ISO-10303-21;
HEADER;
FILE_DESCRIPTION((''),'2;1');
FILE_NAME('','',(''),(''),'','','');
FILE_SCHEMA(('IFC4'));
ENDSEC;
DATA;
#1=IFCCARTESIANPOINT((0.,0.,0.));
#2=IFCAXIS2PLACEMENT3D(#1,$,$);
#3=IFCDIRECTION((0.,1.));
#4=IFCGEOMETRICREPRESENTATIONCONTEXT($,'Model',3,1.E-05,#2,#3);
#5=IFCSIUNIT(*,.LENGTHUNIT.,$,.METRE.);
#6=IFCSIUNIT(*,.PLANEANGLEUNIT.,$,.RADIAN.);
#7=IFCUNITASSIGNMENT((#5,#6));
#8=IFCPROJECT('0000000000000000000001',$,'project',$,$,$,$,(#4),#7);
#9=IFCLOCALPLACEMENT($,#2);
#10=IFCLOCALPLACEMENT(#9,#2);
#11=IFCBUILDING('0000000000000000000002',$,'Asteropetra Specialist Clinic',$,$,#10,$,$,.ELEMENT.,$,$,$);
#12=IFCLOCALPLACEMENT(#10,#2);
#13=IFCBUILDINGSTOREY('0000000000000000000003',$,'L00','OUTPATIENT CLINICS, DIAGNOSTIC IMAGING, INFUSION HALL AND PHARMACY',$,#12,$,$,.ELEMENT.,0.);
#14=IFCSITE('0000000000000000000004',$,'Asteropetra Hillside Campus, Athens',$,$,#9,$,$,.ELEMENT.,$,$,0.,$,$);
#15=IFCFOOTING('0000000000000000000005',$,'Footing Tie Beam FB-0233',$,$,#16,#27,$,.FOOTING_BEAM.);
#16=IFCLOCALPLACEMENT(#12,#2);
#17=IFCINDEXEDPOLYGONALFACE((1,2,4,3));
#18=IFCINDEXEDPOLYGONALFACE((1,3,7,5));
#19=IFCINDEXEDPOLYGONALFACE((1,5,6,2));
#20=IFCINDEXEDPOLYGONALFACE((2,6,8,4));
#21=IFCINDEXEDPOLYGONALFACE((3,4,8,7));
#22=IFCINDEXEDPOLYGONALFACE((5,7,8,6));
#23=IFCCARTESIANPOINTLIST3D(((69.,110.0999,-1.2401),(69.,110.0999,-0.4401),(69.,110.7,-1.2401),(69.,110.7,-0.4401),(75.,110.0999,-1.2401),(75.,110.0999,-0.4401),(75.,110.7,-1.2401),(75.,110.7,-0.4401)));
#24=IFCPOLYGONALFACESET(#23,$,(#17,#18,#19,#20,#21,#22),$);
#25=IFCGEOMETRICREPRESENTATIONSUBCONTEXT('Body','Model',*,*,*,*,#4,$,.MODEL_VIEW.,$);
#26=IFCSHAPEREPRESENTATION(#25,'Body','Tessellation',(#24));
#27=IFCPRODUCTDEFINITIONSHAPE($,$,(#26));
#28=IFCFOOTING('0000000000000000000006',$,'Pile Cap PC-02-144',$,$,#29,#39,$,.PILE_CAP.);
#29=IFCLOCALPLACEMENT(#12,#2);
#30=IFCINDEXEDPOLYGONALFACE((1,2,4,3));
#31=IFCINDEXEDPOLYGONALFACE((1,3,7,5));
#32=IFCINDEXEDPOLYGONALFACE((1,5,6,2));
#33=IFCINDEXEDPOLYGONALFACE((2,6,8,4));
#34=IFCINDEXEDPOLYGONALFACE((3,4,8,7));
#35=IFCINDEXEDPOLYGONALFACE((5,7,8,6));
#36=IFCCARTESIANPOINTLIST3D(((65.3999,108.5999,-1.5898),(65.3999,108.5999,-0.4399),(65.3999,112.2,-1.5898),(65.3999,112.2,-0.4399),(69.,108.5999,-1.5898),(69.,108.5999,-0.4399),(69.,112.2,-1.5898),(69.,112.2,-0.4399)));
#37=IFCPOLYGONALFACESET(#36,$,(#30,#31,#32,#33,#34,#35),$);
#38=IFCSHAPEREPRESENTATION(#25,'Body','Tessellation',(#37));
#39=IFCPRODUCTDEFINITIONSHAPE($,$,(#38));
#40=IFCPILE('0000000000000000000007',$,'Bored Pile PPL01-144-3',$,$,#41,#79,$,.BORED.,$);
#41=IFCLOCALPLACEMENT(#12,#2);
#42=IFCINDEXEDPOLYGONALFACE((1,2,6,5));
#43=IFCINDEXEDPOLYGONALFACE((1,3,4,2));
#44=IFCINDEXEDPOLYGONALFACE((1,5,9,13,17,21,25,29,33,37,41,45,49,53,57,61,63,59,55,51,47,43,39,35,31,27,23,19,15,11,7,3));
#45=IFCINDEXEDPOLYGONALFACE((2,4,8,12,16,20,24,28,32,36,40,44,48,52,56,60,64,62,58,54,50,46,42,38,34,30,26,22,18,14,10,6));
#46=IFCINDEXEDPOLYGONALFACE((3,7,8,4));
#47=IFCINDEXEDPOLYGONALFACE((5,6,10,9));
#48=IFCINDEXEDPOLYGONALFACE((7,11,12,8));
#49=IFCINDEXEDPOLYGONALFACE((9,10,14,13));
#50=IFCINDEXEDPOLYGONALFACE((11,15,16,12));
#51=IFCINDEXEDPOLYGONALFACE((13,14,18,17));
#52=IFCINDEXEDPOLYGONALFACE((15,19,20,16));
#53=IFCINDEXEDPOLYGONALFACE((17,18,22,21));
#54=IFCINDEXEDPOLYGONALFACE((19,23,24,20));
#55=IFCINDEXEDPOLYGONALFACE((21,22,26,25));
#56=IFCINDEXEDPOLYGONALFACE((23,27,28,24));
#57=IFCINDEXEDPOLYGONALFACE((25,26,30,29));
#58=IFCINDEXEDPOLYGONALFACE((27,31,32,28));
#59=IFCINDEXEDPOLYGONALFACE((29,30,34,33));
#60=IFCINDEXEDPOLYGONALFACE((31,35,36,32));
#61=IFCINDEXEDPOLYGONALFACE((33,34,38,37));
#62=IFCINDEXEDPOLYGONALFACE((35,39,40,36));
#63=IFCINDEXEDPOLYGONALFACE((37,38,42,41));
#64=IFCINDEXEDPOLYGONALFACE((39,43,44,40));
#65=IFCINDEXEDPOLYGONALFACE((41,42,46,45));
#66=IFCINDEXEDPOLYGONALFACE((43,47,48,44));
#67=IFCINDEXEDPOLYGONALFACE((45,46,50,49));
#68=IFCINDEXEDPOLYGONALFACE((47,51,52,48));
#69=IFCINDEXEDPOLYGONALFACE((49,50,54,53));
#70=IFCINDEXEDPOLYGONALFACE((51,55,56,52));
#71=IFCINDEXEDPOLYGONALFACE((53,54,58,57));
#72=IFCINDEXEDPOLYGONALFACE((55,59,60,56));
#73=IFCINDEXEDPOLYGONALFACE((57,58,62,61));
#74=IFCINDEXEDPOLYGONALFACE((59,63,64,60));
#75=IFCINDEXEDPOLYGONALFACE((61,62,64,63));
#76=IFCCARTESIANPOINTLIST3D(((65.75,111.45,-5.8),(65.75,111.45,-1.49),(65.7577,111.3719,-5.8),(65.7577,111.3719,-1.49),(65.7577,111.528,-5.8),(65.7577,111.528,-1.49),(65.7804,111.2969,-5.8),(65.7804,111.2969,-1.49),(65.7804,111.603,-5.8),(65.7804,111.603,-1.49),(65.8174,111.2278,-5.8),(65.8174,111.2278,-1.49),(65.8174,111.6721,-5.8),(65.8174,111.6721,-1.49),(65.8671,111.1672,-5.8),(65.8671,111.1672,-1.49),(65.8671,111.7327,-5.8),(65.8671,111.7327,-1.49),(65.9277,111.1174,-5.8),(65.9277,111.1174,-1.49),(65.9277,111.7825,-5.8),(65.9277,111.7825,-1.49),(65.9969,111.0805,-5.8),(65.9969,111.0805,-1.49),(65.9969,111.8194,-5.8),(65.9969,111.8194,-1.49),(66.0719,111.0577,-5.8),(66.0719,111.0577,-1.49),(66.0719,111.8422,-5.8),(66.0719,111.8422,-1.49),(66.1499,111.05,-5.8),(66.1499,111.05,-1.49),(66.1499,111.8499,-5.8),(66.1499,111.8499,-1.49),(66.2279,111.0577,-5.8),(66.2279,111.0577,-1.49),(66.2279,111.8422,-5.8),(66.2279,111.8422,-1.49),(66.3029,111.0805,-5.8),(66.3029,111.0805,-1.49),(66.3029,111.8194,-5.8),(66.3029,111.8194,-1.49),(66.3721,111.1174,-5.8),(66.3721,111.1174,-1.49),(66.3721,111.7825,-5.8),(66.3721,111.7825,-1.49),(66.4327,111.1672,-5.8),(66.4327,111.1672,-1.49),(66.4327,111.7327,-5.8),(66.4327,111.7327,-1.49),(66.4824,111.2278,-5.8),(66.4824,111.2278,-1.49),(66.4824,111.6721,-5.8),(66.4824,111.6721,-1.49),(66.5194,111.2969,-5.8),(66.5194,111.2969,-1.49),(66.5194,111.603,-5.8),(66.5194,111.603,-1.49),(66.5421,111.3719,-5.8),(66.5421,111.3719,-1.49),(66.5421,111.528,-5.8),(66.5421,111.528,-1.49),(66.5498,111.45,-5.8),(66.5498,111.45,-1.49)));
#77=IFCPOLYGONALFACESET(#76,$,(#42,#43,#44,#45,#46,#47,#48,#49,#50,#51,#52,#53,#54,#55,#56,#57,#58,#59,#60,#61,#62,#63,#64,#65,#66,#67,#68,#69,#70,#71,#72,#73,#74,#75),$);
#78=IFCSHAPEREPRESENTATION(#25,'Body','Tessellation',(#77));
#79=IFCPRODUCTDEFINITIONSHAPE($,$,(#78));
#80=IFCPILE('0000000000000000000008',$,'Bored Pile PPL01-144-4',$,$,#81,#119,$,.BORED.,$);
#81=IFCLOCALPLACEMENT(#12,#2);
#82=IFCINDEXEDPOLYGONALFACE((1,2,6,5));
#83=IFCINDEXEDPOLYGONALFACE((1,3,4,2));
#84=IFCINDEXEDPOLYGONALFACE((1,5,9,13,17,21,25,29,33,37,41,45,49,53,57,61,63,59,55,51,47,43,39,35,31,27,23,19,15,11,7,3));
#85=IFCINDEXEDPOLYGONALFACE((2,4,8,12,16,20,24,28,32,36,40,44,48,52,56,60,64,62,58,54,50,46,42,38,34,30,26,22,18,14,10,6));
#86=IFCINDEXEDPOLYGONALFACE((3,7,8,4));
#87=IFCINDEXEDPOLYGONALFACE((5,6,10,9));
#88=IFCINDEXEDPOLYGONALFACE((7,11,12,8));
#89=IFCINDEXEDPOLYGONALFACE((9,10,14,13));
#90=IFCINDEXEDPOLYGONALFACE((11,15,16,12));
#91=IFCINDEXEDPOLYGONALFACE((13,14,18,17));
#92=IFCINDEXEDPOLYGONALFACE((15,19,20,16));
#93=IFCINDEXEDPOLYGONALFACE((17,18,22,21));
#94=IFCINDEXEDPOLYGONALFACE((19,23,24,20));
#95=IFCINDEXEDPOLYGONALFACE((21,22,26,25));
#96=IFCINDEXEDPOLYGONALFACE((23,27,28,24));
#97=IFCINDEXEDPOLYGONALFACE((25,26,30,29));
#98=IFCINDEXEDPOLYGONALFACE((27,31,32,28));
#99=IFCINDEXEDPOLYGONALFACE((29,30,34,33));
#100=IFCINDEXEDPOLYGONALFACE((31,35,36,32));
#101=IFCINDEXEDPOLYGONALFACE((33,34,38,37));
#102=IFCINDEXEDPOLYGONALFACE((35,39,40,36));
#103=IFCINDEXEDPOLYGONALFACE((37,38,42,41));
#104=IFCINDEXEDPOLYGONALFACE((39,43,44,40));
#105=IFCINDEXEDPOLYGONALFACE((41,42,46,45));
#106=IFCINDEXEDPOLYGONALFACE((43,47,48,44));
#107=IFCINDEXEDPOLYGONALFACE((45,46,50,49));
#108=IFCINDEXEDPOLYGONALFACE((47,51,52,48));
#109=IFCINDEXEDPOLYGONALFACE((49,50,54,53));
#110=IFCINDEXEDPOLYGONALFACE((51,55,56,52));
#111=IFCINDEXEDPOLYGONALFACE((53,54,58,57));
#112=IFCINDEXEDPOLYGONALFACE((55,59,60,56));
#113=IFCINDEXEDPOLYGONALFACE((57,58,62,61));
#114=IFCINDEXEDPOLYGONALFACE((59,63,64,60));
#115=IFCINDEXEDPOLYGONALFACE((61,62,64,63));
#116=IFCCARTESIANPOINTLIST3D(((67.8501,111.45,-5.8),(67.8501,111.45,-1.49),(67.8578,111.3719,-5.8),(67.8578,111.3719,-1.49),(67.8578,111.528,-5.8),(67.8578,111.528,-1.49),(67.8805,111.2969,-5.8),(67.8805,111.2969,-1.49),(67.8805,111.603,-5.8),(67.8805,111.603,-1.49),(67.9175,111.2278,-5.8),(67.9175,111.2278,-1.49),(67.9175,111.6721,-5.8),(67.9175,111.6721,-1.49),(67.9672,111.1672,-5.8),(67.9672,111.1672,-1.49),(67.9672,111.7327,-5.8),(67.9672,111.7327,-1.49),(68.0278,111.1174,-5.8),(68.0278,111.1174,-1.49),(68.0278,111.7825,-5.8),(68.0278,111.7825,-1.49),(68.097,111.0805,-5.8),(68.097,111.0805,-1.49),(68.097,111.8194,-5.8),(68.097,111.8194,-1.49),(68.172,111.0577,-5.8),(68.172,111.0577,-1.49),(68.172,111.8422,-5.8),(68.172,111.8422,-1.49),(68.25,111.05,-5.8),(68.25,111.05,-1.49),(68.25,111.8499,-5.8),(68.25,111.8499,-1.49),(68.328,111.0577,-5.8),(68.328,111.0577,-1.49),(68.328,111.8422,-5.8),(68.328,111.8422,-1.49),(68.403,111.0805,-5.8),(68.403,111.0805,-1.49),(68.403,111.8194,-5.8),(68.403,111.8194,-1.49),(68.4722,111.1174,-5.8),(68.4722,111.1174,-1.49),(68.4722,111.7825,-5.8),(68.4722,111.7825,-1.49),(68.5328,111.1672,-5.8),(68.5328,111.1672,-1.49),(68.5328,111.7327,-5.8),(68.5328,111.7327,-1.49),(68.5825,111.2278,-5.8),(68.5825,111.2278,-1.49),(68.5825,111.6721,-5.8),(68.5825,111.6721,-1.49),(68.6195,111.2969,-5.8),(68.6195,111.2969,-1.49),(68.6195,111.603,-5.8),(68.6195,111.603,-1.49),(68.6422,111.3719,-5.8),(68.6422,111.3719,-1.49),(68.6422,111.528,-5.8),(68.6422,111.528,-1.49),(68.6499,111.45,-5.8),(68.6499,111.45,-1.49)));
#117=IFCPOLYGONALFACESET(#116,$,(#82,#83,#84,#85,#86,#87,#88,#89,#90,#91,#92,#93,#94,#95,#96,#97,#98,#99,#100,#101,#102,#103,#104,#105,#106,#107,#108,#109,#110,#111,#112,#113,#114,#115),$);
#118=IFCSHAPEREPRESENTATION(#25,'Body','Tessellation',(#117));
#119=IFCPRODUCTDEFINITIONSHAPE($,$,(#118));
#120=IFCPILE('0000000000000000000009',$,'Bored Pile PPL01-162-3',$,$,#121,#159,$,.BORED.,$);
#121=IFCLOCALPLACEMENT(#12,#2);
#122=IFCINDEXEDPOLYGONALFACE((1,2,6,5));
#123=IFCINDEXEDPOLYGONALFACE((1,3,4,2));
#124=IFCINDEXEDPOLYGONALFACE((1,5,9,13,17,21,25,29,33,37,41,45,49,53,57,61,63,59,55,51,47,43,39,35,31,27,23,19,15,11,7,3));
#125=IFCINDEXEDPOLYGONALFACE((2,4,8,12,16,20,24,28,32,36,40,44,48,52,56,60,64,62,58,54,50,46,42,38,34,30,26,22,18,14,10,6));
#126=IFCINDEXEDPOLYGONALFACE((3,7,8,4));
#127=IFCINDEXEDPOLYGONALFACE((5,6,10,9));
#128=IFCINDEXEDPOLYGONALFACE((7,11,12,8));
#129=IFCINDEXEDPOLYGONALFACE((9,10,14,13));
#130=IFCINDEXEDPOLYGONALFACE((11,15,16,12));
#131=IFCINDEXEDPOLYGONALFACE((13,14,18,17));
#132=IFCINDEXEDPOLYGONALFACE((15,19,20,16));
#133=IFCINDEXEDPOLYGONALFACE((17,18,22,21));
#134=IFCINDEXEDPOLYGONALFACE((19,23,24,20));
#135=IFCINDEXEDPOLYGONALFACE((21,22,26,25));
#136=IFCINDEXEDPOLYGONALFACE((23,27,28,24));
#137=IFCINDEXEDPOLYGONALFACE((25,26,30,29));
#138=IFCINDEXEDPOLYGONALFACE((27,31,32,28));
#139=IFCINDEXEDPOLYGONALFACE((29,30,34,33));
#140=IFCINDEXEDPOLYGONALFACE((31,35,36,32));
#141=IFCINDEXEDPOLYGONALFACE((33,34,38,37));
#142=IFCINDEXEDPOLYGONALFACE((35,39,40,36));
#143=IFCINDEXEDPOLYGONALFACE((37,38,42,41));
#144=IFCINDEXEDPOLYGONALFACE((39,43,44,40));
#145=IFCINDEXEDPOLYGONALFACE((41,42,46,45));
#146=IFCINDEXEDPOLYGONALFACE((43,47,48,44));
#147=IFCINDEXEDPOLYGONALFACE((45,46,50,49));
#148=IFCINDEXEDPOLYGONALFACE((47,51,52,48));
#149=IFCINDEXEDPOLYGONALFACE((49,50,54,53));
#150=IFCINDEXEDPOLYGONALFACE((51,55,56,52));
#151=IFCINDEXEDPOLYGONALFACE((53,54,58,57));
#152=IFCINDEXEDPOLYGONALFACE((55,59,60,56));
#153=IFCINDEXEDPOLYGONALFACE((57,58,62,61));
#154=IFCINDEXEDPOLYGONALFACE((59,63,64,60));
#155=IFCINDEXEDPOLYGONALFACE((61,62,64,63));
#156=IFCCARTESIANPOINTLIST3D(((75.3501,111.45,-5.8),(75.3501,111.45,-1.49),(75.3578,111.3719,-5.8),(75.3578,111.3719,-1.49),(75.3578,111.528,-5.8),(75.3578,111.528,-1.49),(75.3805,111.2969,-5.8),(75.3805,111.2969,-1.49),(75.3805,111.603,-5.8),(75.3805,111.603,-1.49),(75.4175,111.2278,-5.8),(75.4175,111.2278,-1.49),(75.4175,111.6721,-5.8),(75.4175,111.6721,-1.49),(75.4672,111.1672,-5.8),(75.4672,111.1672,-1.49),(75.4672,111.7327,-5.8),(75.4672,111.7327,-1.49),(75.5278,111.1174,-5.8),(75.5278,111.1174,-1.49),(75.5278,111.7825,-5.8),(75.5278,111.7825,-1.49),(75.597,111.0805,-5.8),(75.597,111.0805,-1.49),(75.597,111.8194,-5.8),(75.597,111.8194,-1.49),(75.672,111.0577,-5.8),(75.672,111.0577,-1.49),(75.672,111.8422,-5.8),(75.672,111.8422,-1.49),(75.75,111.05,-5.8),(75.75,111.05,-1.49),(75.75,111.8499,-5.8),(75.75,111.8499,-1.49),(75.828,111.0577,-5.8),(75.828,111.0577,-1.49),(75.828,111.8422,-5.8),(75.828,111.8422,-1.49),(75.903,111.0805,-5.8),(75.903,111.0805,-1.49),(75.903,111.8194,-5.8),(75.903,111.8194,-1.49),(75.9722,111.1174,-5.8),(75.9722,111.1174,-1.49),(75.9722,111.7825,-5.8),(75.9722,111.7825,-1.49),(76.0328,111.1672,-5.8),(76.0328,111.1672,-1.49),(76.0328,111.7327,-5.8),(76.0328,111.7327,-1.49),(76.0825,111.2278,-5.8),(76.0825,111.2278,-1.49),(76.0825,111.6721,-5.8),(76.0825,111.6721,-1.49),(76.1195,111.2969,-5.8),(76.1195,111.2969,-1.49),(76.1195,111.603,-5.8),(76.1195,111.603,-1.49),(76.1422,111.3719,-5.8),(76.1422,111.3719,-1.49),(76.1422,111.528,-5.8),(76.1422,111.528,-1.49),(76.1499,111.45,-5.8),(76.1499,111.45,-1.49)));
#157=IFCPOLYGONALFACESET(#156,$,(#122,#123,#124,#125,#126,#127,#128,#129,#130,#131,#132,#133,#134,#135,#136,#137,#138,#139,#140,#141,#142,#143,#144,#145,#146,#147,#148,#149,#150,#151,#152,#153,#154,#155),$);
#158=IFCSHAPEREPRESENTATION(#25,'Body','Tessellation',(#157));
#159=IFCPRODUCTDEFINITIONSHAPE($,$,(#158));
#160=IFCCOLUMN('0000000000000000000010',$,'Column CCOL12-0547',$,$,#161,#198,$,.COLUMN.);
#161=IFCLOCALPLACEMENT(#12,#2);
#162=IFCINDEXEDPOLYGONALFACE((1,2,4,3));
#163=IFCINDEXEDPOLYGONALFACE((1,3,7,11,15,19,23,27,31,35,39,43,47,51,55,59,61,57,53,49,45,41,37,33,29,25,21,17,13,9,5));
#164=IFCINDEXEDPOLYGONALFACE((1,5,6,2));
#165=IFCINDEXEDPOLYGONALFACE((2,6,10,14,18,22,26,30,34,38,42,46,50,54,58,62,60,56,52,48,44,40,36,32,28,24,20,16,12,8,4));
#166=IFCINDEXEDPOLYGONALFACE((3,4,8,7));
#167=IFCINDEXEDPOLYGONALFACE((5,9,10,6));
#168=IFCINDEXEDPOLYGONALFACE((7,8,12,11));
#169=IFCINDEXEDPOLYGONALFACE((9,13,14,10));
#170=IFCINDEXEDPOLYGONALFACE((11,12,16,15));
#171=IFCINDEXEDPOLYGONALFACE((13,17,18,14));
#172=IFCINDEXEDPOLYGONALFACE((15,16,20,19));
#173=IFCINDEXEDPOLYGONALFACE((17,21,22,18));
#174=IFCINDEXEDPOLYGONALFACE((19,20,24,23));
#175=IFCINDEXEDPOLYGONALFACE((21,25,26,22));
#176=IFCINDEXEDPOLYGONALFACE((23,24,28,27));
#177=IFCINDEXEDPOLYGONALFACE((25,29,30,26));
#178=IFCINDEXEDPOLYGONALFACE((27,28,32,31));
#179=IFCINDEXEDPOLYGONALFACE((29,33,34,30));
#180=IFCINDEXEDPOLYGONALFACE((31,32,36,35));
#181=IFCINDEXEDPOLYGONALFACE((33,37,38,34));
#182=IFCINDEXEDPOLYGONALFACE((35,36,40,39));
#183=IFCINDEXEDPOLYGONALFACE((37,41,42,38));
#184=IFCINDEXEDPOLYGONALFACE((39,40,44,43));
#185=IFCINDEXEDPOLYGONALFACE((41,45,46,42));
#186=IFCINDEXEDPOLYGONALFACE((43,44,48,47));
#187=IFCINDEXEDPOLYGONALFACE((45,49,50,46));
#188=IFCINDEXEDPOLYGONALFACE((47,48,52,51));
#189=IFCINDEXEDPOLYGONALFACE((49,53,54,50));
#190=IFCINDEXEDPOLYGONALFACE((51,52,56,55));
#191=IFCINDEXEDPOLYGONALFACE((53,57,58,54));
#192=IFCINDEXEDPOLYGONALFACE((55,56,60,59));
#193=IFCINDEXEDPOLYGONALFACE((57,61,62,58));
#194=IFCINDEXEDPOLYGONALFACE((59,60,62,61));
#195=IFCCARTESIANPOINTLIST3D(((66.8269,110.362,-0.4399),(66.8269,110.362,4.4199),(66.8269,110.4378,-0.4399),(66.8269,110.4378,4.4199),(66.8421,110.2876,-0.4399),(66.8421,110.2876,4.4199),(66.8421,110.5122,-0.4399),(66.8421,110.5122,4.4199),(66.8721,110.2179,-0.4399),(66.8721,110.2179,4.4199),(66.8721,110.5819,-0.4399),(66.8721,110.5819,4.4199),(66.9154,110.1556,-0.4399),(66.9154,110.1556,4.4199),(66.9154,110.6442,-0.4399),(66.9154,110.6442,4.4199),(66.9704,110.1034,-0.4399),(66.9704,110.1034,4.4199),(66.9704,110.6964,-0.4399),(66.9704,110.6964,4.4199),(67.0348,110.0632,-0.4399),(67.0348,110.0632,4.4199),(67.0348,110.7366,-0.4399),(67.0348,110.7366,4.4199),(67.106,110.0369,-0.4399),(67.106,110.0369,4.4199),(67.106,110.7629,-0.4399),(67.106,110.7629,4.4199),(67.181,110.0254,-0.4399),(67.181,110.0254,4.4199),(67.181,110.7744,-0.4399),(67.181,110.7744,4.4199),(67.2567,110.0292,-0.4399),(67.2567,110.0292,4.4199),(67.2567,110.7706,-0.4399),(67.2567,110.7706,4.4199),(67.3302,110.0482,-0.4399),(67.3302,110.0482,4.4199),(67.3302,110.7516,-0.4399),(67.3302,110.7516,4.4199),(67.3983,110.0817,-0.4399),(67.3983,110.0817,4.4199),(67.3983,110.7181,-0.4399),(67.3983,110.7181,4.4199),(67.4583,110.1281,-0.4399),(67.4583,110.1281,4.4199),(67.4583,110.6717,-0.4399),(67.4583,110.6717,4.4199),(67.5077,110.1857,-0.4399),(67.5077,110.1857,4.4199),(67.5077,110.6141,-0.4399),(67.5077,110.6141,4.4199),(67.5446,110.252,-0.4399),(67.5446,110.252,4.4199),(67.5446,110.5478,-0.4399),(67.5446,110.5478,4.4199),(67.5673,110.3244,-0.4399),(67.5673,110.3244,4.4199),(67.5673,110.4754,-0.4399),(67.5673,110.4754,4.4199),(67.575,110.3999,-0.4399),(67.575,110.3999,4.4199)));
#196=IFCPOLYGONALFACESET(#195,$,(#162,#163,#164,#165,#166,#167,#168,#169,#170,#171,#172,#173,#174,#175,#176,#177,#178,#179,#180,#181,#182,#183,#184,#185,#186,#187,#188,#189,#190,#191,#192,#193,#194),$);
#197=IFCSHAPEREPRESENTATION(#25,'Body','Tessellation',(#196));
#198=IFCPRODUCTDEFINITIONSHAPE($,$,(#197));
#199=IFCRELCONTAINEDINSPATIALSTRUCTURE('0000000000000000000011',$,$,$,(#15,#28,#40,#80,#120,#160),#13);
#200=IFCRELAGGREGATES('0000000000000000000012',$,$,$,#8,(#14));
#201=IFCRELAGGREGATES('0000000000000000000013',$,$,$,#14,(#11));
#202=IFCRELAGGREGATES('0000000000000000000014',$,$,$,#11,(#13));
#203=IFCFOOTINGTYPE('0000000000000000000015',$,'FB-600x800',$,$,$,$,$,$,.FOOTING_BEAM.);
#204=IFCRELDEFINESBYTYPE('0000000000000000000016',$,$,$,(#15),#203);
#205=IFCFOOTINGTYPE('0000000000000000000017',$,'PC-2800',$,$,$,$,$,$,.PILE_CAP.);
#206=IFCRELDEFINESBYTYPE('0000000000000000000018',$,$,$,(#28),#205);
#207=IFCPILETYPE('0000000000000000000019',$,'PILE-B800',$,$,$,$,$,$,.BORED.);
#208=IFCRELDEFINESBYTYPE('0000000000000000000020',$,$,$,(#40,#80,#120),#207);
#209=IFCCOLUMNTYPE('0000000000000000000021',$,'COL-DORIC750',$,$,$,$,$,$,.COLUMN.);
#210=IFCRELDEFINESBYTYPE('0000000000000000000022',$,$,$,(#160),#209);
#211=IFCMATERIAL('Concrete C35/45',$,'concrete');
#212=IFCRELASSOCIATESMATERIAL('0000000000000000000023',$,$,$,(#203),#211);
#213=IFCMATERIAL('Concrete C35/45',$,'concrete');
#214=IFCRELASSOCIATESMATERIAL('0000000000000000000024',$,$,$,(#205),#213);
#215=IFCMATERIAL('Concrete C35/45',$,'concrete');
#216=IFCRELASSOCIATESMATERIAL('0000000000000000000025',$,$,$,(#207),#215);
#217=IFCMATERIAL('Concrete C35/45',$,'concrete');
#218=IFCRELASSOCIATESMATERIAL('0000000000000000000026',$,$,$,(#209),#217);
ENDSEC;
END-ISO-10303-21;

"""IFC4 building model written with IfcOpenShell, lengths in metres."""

from ifc_helpers import new_model, si_unit, direction, frame, origin, origin_2d, place, context, subcontext, project, spatial, rectangle, circle, extrude, material, material_profile, profile_set, type_object, element, save


model = new_model("IFC4")

# Units and contexts
model_context = context("Model", 3, precision=1e-05, world=origin(), true_north=direction((0.0, 1.0)))
body_context = subcontext(model_context, "Body", "Model", "MODEL_VIEW")
ifc_project = project(units=[si_unit("LENGTHUNIT", "METRE"), si_unit("PLANEANGLEUNIT", "RADIAN")], contexts=[model_context])

# Site, building, storey
site_placement = place(None, origin())
site = spatial("IfcSite", under=ifc_project, at=site_placement, Name="Asteropetra Hillside Campus, Athens", CompositionType="ELEMENT", RefElevation=0.0)
building_placement = place(site_placement, origin())
building = spatial("IfcBuilding", under=site, at=building_placement, Name="Asteropetra Specialist Clinic", CompositionType="ELEMENT")
storey_placement = place(building_placement, origin())
storey = spatial("IfcBuildingStorey", under=building, at=storey_placement, Name="L00", Description="OUTPATIENT CLINICS, DIAGNOSTIC IMAGING, INFUSION HALL AND PHARMACY", CompositionType="ELEMENT", Elevation=0.0)

# Footings
ifc_material_1 = material(Name="Concrete C35/45", Category="concrete")
ifc_material_profile_1 = material_profile(ifc_material_1, rectangle(XDim=0.6001, YDim=0.8, at=origin_2d()), Name="FB 600x800")
ifc_profile_set_1 = profile_set([ifc_material_profile_1], Name="Concrete C35/45")
footing_type_1 = type_object("IfcFootingType", Name="FB-600x800", PredefinedType="FOOTING_BEAM", material=ifc_profile_set_1)
footing_1_placement = place(storey_placement, frame((69.0, 110.3999, -0.8401), z_axis=(1.0, 0.0, 0.0), x_axis=(0.0, 1.0, 0.0)))
element("IfcFooting", 1, at=footing_1_placement, inside=storey, type_object=footing_type_1, Name="Footing Tie Beam FB-0233", PredefinedType="FOOTING_BEAM", context=body_context, shape_type="SweptSolid", body=[
    extrude(rectangle(XDim=0.6001, YDim=0.8, at=origin_2d()), origin(), (0.0, 0.0, 1.0), 6.0),
])
ifc_material_2 = material(Name="Concrete C35/45", Category="concrete")
footing_type_2 = type_object("IfcFootingType", Name="PC-2800", PredefinedType="PILE_CAP", material=ifc_material_2)
footing_2_placement = place(storey_placement, frame((67.2, 110.3999, -1.5898), z_axis=(0.0, 0.0, 1.0), x_axis=(1.0, 0.0, 0.0)))
element("IfcFooting", 2, at=footing_2_placement, inside=storey, type_object=footing_type_2, Name="Pile Cap PC-02-144", PredefinedType="PILE_CAP", context=body_context, shape_type="SweptSolid", body=[
    extrude(rectangle(XDim=3.6001, YDim=3.6001, at=origin_2d()), origin(), (0.0, 0.0, 1.0), 1.1499),
])

# Piles
ifc_material_3 = material(Name="Concrete C35/45", Category="concrete")
ifc_material_profile_2 = material_profile(ifc_material_3, circle(Radius=0.3999, at=origin_2d()), Name="PILE D800")
ifc_profile_set_2 = profile_set([ifc_material_profile_2], Name="Concrete C35/45")
pile_type = type_object("IfcPileType", Name="PILE-B800", PredefinedType="BORED", material=ifc_profile_set_2)
for number, where, z_axis, x_axis, name in (
    (3, (66.1499, 111.45, -1.49), (0.0, 0.0, -1.0), (1.0, 0.0, 0.0), "Bored Pile PPL01-144-3"),
    (4, (68.25, 111.45, -1.49), (0.0, 0.0, -1.0), (1.0, 0.0, 0.0), "Bored Pile PPL01-144-4"),
    (5, (75.75, 111.45, -1.49), (0.0, 0.0, -1.0), (1.0, 0.0, 0.0), "Bored Pile PPL01-162-3"),
):
    element("IfcPile", number, at=place(storey_placement, frame(where, z_axis=z_axis, x_axis=x_axis)), inside=storey, type_object=pile_type, Name=name, PredefinedType="BORED", context=body_context, shape_type="SweptSolid", body=[
        extrude(circle(Radius=0.3999, at=origin_2d()), origin(), (0.0, 0.0, 1.0), 4.3101),
    ])

# Column
ifc_material_4 = material(Name="Concrete C35/45", Category="concrete")
ifc_material_profile_3 = material_profile(ifc_material_4, circle(Radius=0.375, at=origin_2d()), Name="RCC D750")
ifc_profile_set_3 = profile_set([ifc_material_profile_3], Name="Concrete C35/45")
column_type = type_object("IfcColumnType", Name="COL-DORIC750", PredefinedType="COLUMN", material=ifc_profile_set_3)
column_placement = place(storey_placement, frame((67.2, 110.3999, -0.4399), z_axis=(0.0, 0.0, 1.0), x_axis=(1.0, 0.0, 0.0)))
element("IfcColumn", 6, at=column_placement, inside=storey, type_object=column_type, Name="Column CCOL12-0547", PredefinedType="COLUMN", context=body_context, shape_type="SweptSolid", body=[
    extrude(circle(Radius=0.375, at=origin_2d()), origin(), (0.0, 0.0, 1.0), 4.8599),
])

save(model, "model.ifc")
